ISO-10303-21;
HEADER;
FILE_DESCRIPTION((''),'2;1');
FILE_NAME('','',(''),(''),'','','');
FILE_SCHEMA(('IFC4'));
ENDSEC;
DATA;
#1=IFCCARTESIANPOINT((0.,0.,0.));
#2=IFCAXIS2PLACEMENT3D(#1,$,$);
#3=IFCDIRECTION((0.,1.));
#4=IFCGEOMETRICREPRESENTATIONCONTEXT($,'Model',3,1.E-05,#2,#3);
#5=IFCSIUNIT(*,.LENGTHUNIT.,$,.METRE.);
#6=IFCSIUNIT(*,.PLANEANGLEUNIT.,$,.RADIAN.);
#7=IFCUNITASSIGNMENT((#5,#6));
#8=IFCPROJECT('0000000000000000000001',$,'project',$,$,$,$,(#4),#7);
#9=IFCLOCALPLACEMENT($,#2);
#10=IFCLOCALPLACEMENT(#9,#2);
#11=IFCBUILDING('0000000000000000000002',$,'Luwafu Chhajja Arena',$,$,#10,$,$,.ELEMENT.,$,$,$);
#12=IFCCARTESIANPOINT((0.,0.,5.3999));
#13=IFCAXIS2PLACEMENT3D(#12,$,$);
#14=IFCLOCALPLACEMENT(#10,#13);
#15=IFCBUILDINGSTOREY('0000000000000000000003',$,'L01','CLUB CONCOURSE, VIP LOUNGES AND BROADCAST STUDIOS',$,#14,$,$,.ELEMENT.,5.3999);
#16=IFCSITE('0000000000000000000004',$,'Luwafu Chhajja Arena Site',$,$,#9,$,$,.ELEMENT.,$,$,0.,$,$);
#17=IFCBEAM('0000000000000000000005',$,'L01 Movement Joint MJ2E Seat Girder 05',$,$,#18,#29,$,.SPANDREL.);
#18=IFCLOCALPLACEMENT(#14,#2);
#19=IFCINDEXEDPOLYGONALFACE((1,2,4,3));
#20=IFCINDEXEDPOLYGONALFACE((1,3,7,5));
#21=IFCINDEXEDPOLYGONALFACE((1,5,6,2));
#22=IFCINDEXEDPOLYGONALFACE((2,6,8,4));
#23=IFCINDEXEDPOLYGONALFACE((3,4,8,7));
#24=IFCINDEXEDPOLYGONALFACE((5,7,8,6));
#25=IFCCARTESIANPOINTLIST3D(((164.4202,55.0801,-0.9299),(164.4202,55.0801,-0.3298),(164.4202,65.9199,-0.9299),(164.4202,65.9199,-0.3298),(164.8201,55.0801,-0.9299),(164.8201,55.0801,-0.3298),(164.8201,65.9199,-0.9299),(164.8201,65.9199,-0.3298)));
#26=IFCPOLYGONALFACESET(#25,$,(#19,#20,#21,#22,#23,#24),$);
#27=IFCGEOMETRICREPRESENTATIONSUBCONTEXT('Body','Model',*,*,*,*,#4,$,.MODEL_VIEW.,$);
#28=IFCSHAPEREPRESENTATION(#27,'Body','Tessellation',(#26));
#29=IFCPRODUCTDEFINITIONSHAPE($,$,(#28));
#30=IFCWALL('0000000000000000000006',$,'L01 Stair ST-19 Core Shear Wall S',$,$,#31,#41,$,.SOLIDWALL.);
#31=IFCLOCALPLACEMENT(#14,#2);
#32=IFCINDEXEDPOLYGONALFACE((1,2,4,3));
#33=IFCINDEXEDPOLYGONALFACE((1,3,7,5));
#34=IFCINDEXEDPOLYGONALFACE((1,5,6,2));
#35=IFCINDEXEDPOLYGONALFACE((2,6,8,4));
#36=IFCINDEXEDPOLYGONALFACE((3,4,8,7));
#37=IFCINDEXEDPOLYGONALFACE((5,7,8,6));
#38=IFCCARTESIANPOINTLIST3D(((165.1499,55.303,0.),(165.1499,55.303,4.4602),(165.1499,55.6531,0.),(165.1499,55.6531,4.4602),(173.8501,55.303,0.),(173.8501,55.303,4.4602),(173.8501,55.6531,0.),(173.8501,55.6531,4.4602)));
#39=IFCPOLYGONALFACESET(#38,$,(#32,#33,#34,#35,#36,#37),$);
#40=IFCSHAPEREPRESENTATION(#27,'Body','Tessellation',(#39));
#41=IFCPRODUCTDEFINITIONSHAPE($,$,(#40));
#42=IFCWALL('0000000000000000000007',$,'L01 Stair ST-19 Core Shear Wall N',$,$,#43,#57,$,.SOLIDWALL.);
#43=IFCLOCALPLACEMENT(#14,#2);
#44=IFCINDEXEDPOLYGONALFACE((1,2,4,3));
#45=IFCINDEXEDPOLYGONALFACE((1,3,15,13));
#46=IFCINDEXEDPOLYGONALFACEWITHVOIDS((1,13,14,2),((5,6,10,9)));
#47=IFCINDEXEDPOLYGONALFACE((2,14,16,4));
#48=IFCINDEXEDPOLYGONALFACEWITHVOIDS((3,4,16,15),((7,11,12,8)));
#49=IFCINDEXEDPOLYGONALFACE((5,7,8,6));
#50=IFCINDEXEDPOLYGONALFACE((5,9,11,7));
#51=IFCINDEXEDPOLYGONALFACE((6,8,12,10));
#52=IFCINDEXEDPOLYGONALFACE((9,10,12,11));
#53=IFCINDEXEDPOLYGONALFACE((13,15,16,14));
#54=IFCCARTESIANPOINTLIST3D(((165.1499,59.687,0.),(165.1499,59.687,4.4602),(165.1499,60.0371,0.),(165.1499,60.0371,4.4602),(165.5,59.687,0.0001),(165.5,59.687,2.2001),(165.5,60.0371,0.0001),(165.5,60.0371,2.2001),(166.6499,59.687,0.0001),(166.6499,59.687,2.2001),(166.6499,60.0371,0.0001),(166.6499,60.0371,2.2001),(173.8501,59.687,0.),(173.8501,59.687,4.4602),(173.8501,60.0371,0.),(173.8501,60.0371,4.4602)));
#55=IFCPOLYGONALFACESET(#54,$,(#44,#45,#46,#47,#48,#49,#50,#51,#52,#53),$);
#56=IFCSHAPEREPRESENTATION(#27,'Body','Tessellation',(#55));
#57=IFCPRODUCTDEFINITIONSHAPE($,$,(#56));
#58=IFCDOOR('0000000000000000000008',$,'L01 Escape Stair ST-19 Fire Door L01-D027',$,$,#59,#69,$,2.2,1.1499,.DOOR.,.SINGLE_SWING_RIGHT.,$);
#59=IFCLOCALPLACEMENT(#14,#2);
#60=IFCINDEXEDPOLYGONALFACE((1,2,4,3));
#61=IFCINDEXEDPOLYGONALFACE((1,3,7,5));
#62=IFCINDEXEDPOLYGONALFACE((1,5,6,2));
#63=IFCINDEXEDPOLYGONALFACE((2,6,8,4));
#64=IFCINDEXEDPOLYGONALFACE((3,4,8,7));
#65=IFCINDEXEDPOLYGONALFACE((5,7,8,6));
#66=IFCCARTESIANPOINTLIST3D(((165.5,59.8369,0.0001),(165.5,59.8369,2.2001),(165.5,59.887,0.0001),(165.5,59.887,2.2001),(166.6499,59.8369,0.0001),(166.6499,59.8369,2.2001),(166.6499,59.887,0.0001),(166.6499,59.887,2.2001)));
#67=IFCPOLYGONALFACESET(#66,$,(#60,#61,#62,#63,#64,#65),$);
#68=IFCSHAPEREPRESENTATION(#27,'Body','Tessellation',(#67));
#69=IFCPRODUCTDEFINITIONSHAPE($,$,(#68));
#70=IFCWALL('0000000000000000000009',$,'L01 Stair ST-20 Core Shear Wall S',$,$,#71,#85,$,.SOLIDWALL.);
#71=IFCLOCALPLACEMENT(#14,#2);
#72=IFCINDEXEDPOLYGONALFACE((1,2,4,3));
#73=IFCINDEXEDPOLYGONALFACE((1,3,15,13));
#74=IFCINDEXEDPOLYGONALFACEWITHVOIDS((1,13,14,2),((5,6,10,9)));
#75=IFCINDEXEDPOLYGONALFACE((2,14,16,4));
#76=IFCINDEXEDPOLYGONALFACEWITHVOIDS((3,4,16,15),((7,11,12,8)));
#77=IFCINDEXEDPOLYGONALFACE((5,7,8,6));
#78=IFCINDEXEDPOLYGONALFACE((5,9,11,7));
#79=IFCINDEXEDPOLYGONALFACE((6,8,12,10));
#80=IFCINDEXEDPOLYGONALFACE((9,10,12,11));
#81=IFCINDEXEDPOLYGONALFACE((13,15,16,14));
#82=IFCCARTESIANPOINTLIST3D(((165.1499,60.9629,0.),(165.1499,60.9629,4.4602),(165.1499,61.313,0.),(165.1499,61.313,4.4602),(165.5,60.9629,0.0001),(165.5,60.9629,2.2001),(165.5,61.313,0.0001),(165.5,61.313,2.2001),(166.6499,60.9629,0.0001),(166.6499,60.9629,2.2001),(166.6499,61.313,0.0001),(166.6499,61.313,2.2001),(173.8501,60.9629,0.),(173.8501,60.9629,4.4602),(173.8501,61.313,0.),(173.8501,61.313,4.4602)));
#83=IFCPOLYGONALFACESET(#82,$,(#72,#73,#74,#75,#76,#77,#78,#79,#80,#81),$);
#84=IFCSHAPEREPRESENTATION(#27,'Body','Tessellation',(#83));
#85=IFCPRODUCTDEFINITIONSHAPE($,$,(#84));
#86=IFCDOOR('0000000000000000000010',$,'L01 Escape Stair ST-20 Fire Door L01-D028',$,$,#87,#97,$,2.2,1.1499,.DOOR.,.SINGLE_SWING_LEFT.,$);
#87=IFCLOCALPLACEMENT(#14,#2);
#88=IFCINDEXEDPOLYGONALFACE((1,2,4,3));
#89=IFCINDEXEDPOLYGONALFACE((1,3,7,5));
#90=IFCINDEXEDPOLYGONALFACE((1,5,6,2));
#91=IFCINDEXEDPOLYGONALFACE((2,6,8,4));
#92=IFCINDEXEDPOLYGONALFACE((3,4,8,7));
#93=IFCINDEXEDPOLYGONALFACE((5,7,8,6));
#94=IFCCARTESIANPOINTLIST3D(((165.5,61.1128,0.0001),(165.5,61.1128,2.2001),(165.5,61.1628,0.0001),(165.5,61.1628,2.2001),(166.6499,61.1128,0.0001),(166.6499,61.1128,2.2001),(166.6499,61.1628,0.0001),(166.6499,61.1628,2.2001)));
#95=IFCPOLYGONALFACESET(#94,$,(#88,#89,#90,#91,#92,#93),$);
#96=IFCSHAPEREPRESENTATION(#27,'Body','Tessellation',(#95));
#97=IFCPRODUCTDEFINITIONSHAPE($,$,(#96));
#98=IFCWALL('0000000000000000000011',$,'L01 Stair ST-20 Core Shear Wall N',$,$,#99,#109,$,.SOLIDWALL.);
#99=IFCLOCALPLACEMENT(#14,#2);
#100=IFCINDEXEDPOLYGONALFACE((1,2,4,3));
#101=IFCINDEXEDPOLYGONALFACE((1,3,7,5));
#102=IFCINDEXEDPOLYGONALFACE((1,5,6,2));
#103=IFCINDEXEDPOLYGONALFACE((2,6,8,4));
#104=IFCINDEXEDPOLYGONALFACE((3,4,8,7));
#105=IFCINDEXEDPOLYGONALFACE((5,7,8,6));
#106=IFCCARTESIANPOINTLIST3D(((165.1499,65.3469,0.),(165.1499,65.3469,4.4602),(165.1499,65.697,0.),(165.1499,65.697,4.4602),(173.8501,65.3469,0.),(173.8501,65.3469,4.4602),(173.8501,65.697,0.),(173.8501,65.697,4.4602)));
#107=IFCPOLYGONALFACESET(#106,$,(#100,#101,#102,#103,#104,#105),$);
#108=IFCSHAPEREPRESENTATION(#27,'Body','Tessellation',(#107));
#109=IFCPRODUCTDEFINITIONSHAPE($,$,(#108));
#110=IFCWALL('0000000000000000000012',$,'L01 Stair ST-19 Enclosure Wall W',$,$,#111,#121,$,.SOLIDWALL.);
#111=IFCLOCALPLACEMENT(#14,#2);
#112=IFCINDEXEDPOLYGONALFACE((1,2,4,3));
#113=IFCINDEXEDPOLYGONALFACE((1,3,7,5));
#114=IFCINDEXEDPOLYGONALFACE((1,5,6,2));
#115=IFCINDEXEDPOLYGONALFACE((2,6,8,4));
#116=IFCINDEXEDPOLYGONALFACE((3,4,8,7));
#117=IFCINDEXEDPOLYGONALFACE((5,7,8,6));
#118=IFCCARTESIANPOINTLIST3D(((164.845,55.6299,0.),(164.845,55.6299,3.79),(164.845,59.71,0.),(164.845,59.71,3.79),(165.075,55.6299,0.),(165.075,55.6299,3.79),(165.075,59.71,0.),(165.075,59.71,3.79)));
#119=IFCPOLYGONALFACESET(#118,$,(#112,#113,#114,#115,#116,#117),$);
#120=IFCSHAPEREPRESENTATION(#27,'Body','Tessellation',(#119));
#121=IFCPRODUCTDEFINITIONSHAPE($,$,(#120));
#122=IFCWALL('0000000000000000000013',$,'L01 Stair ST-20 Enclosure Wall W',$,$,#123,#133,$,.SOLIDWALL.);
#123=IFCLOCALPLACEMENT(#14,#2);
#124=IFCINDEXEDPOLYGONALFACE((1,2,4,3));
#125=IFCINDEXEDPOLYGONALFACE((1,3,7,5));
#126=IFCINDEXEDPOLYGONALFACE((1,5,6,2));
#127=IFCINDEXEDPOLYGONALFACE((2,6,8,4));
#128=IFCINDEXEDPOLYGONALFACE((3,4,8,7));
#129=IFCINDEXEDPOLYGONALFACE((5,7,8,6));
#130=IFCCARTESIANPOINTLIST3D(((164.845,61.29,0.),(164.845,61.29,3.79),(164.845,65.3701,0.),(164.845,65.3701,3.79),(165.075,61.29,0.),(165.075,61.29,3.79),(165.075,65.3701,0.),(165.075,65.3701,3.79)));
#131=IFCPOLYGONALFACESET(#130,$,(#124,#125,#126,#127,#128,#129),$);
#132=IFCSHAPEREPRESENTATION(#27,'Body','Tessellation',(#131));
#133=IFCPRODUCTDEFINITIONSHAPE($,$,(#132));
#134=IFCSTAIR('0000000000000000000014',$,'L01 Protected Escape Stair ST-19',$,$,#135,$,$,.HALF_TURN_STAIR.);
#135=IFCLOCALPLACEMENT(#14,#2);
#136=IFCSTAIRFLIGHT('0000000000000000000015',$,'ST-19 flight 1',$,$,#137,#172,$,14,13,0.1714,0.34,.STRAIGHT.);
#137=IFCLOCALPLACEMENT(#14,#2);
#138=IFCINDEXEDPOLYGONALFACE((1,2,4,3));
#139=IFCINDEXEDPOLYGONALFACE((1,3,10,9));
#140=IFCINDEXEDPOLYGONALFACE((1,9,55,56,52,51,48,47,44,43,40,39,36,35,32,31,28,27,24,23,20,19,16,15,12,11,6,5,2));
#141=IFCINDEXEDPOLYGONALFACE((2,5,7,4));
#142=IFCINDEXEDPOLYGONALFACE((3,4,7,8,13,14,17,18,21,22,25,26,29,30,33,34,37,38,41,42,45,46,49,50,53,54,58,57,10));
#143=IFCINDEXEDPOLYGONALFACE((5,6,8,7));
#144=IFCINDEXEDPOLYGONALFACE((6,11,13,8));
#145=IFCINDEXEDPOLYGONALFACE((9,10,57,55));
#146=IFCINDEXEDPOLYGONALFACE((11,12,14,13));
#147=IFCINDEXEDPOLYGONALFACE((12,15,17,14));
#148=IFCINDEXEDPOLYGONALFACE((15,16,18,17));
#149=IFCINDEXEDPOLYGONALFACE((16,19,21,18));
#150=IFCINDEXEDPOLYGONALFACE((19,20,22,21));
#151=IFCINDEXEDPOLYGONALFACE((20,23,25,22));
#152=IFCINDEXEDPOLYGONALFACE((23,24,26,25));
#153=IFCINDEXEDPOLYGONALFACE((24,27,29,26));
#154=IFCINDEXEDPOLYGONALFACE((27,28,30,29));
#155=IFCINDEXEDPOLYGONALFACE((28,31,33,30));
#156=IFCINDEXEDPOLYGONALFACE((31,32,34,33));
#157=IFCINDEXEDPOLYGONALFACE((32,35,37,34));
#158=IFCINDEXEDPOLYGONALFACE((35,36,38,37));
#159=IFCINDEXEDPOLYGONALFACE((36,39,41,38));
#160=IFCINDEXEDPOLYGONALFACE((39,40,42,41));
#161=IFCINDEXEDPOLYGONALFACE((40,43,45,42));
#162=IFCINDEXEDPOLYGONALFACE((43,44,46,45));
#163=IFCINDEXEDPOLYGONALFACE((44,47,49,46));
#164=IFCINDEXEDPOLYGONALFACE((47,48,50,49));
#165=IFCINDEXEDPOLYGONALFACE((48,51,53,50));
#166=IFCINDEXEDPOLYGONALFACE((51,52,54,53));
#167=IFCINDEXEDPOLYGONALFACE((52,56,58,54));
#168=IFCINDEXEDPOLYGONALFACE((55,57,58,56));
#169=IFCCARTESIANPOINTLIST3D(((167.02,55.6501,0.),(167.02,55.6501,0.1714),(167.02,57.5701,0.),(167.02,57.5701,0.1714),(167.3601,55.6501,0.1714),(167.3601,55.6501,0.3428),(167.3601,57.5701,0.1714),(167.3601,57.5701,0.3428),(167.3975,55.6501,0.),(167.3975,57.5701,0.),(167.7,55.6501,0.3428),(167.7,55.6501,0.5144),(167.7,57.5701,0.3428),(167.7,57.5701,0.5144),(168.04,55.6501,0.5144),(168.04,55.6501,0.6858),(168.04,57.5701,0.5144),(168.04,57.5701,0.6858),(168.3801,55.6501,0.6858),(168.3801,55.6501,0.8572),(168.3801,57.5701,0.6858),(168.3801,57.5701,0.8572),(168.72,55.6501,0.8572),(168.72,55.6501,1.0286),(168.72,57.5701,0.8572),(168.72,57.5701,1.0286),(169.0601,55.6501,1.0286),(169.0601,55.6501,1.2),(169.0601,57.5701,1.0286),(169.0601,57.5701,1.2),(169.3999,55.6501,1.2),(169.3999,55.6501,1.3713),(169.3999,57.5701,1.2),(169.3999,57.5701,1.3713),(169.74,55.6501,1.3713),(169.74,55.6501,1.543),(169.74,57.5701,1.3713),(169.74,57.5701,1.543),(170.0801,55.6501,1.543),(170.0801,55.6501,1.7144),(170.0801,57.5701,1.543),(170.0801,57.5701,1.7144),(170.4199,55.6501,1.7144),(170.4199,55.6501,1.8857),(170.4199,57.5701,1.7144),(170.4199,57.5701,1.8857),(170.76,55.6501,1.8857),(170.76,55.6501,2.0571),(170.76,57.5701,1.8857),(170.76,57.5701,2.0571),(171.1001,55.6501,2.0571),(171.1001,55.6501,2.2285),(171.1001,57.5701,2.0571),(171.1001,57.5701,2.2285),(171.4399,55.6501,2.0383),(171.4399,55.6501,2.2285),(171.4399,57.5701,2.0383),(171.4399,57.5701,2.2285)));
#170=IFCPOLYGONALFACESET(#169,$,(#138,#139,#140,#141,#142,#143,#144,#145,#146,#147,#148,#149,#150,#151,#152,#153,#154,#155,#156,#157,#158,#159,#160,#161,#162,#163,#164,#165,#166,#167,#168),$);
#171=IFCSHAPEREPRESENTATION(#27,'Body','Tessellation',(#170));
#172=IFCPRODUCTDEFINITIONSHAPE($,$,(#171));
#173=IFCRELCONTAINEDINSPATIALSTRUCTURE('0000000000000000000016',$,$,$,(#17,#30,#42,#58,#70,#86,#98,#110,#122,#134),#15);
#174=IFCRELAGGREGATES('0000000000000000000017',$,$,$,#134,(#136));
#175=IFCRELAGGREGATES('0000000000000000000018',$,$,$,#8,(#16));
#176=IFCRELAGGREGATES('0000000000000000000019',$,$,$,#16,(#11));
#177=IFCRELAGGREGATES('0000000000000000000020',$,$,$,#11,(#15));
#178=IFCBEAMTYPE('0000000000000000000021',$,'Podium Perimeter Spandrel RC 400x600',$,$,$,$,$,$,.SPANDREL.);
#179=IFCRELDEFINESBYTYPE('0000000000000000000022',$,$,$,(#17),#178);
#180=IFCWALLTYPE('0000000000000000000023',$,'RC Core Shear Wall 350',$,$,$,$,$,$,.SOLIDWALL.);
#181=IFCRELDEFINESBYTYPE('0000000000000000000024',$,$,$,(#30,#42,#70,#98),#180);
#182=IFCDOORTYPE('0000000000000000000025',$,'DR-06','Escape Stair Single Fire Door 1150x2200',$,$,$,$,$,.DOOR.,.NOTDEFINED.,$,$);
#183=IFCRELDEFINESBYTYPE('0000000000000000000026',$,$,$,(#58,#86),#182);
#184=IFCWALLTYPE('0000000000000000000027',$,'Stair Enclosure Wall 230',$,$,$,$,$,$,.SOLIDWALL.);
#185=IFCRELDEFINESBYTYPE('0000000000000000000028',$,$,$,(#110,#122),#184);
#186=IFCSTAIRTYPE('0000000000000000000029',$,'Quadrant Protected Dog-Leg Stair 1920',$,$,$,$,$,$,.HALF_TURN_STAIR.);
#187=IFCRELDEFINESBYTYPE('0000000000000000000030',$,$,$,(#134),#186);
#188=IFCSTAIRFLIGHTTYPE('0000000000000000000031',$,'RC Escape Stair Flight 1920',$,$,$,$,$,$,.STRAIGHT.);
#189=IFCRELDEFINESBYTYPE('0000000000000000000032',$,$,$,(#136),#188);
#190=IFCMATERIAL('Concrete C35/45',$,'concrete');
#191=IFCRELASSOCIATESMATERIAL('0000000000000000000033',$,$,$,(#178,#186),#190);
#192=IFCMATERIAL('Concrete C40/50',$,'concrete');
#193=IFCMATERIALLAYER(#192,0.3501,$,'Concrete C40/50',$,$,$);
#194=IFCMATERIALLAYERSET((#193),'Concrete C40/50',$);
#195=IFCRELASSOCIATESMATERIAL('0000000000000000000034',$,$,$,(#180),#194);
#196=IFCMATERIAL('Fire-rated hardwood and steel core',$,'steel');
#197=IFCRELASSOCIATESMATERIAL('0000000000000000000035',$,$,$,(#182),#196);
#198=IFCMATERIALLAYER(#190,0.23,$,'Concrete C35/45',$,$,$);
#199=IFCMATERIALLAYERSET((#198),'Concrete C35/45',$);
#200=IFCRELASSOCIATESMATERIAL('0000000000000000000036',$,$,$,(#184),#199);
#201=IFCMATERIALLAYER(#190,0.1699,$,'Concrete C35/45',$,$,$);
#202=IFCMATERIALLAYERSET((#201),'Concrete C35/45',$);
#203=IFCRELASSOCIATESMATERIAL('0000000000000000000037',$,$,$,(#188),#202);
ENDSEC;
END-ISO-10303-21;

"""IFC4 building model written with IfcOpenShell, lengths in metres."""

from ifc_helpers import new_model, si_unit, direction, frame, frame_2d, origin, origin_2d, place, context, subcontext, project, spatial, polyline, rectangle, outline, extrude, material, layer, layer_set, material_profile, profile_set, type_object, element, fill, aggregate, save


model = new_model("IFC4")

# Units and contexts
model_context = context("Model", 3, precision=1e-05, world=origin(), true_north=direction((0.0, 1.0)))
body_context = subcontext(model_context, "Body", "Model", "MODEL_VIEW")
ifc_project = project(units=[si_unit("LENGTHUNIT", "METRE"), si_unit("PLANEANGLEUNIT", "RADIAN")], contexts=[model_context])

# Site, building, storey
site_placement = place(None, origin())
site = spatial("IfcSite", under=ifc_project, at=site_placement, Name="Luwafu Chhajja Arena Site", CompositionType="ELEMENT", RefElevation=0.0)
building_placement = place(site_placement, origin())
building = spatial("IfcBuilding", under=site, at=building_placement, Name="Luwafu Chhajja Arena", CompositionType="ELEMENT")
storey_placement = place(building_placement, frame((0.0, 0.0, 5.3999)))
storey = spatial("IfcBuildingStorey", under=building, at=storey_placement, Name="L01", Description="CLUB CONCOURSE, VIP LOUNGES AND BROADCAST STUDIOS", CompositionType="ELEMENT", Elevation=5.3999)

# Beam
ifc_material_1 = material(Name="Concrete C35/45", Category="concrete")
ifc_material_profile = material_profile(ifc_material_1, rectangle(XDim=0.3999, YDim=0.6001, at=origin_2d()), Name="RC 400x600")
ifc_profile_set = profile_set([ifc_material_profile], Name="Concrete C35/45")
beam_type = type_object("IfcBeamType", Name="Podium Perimeter Spandrel RC 400x600", PredefinedType="SPANDREL", material=ifc_profile_set)
beam_placement = place(storey_placement, frame((164.6201, 55.0801, -0.6299), z_axis=(0.0, 1.0, 0.0), x_axis=(-1.0, 0.0, 0.0)))
element("IfcBeam", 1, at=beam_placement, inside=storey, type_object=beam_type, Name="L01 Movement Joint MJ2E Seat Girder 05", PredefinedType="SPANDREL", context=body_context, shape_type="SweptSolid", body=[
    extrude(rectangle(XDim=0.3999, YDim=0.6001, at=origin_2d()), origin(), (0.0, 0.0, 1.0), 10.8398),
])

# Wall
ifc_material_2 = material(Name="Concrete C40/50", Category="concrete")
ifc_layer_1 = layer(ifc_material_2, 0.3501, Name="Concrete C40/50")
ifc_layer_set_1 = layer_set([ifc_layer_1], Name="Concrete C40/50")
wall_type_1 = type_object("IfcWallType", Name="RC Core Shear Wall 350", PredefinedType="SOLIDWALL", material=ifc_layer_set_1)
wall_1_placement = place(storey_placement, frame((165.1499, 55.478, 0.0), z_axis=(0.0, 0.0, 1.0), x_axis=(1.0, 0.0, 0.0)))
element("IfcWall", 2, at=wall_1_placement, inside=storey, type_object=wall_type_1, Name="L01 Stair ST-19 Core Shear Wall S", PredefinedType="SOLIDWALL", context=body_context, shape_type="SweptSolid", body=[
    extrude(rectangle(XDim=8.7002, YDim=0.3501, at=frame_2d((4.3501, 0.0))), origin(), (0.0, 0.0, 1.0), 4.4602),
])

# Walls, openings, doors
wall_2_placement = place(storey_placement, frame((165.1499, 59.8621, 0.0), z_axis=(0.0, 0.0, 1.0), x_axis=(1.0, 0.0, 0.0)))
wall_2 = element("IfcWall", 3, at=wall_2_placement, inside=storey, type_object=wall_type_1, Name="L01 Stair ST-19 Core Shear Wall N", PredefinedType="SOLIDWALL", context=body_context, shape_type="SweptSolid", body=[
    extrude(rectangle(XDim=8.7002, YDim=0.3501, at=frame_2d((4.3501, 0.0))), origin(), (0.0, 0.0, 1.0), 4.4602),
])
opening_1_placement = place(wall_2_placement, frame((0.3501, 0.0, 0.0)))
opening_1 = element("IfcOpeningElement", 4, at=opening_1_placement, cuts=wall_2, PredefinedType="OPENING", context=body_context, shape_type="SweptSolid", body=[
    extrude(rectangle(XDim=1.1499, YDim=2.2, at=frame_2d((0.575, 1.1001))), frame((0.0, 0.1851, 0.0), z_axis=(0.0, -1.0, 0.0), x_axis=(1.0, 0.0, 0.0)), (0.0, 0.0, 1.0), 0.3701),
])
ifc_material_3 = material(Name="Fire-rated hardwood and steel core", Category="steel")
door_type = type_object("IfcDoorType", Name="DR-06", Description="Escape Stair Single Fire Door 1150x2200", OperationType="NOTDEFINED", PredefinedType="DOOR", material=ifc_material_3)
door_1_placement = place(opening_1_placement, origin())
door_1 = element("IfcDoor", 5, at=door_1_placement, inside=storey, type_object=door_type, Name="L01 Escape Stair ST-19 Fire Door L01-D027", OperationType="SINGLE_SWING_RIGHT", OverallHeight=2.2, OverallWidth=1.1499, PredefinedType="DOOR", context=body_context, shape_type="SweptSolid", body=[
    extrude(rectangle(XDim=1.1499, YDim=2.2, at=frame_2d((0.575, 1.1001))), frame((0.0, 0.0249, 0.0), z_axis=(0.0, -1.0, 0.0), x_axis=(1.0, 0.0, 0.0)), (0.0, 0.0, 1.0), 0.05),
])
fill(opening_1, door_1)
wall_3_placement = place(storey_placement, frame((165.1499, 61.1379, 0.0), z_axis=(0.0, 0.0, 1.0), x_axis=(1.0, 0.0, 0.0)))
wall_3 = element("IfcWall", 6, at=wall_3_placement, inside=storey, type_object=wall_type_1, Name="L01 Stair ST-20 Core Shear Wall S", PredefinedType="SOLIDWALL", context=body_context, shape_type="SweptSolid", body=[
    extrude(rectangle(XDim=8.7002, YDim=0.3501, at=frame_2d((4.3501, 0.0))), origin(), (0.0, 0.0, 1.0), 4.4602),
])
opening_2_placement = place(wall_3_placement, frame((0.3501, 0.0, 0.0)))
opening_2 = element("IfcOpeningElement", 7, at=opening_2_placement, cuts=wall_3, PredefinedType="OPENING", context=body_context, shape_type="SweptSolid", body=[
    extrude(rectangle(XDim=1.1499, YDim=2.2, at=frame_2d((0.575, 1.1001))), frame((0.0, 0.1851, 0.0), z_axis=(0.0, -1.0, 0.0), x_axis=(1.0, 0.0, 0.0)), (0.0, 0.0, 1.0), 0.3701),
])
door_2_placement = place(opening_2_placement, origin())
door_2 = element("IfcDoor", 8, at=door_2_placement, inside=storey, type_object=door_type, Name="L01 Escape Stair ST-20 Fire Door L01-D028", OperationType="SINGLE_SWING_LEFT", OverallHeight=2.2, OverallWidth=1.1499, PredefinedType="DOOR", context=body_context, shape_type="SweptSolid", body=[
    extrude(rectangle(XDim=1.1499, YDim=2.2, at=frame_2d((0.575, 1.1001))), frame((0.0, 0.0249, 0.0), z_axis=(0.0, -1.0, 0.0), x_axis=(1.0, 0.0, 0.0)), (0.0, 0.0, 1.0), 0.05),
])
fill(opening_2, door_2)

# Walls
wall_4_placement = place(storey_placement, frame((165.1499, 65.522, 0.0), z_axis=(0.0, 0.0, 1.0), x_axis=(1.0, 0.0, 0.0)))
element("IfcWall", 9, at=wall_4_placement, inside=storey, type_object=wall_type_1, Name="L01 Stair ST-20 Core Shear Wall N", PredefinedType="SOLIDWALL", context=body_context, shape_type="SweptSolid", body=[
    extrude(rectangle(XDim=8.7002, YDim=0.3501, at=frame_2d((4.3501, 0.0))), origin(), (0.0, 0.0, 1.0), 4.4602),
])
ifc_layer_2 = layer(ifc_material_1, 0.23, Name="Concrete C35/45")
ifc_layer_set_2 = layer_set([ifc_layer_2], Name="Concrete C35/45")
wall_type_2 = type_object("IfcWallType", Name="Stair Enclosure Wall 230", PredefinedType="SOLIDWALL", material=ifc_layer_set_2)
for number, where, z_axis, x_axis, name in (
    (10, (164.96, 55.6299, 0.0), (0.0, 0.0, 1.0), (0.0, 1.0, 0.0), "L01 Stair ST-19 Enclosure Wall W"),
    (11, (164.96, 61.29, 0.0), (0.0, 0.0, 1.0), (0.0, 1.0, 0.0), "L01 Stair ST-20 Enclosure Wall W"),
):
    element("IfcWall", number, at=place(storey_placement, frame(where, z_axis=z_axis, x_axis=x_axis)), inside=storey, type_object=wall_type_2, Name=name, PredefinedType="SOLIDWALL", context=body_context, shape_type="SweptSolid", body=[
        extrude(rectangle(XDim=4.0801, YDim=0.23, at=frame_2d((2.04, 0.0))), origin(), (0.0, 0.0, 1.0), 3.79),
    ])

# Stair, stair flight
stair_type = type_object("IfcStairType", Name="Quadrant Protected Dog-Leg Stair 1920", PredefinedType="HALF_TURN_STAIR", material=ifc_material_1)
stair_1_placement = place(storey_placement, origin())
stair_1 = element("IfcStair", 12, at=stair_1_placement, inside=storey, type_object=stair_type, Name="L01 Protected Escape Stair ST-19", PredefinedType="HALF_TURN_STAIR")
ifc_layer_3 = layer(ifc_material_1, 0.1699, Name="Concrete C35/45")
ifc_layer_set_3 = layer_set([ifc_layer_3], Name="Concrete C35/45")
stair_flight_type = type_object("IfcStairFlightType", Name="RC Escape Stair Flight 1920", PredefinedType="STRAIGHT", material=ifc_layer_set_3)
stair_flight_1_placement = place(storey_placement, frame((167.02, 56.6101, 0.0), z_axis=(0.0, 0.0, 1.0), x_axis=(1.0, 0.0, 0.0)))
stair_flight_1 = element("IfcStairFlight", 13, at=stair_flight_1_placement, type_object=stair_flight_type, Name="ST-19 flight 1", NumberOfRisers=14, NumberOfTreads=13, PredefinedType="STRAIGHT", RiserHeight=0.1714, TreadLength=0.34, context=body_context, shape_type="SweptSolid", body=[
    extrude(outline(polyline([(0.0, 0.0), (0.0, 0.1714), (0.3401, 0.1714), (0.3401, 0.3428), (0.6799, 0.3428), (0.6799, 0.5144), (1.02, 0.5144), (1.02, 0.6858), (1.3601, 0.6858), (1.3601, 0.8572), (1.7, 0.8572), (1.7, 1.0286), (2.04, 1.0286), (2.04, 1.2), (2.3799, 1.2), (2.3799, 1.3713), (2.72, 1.3713), (2.72, 1.543), (3.0601, 1.543), (3.0601, 1.7144), (3.3999, 1.7144), (3.3999, 1.8857), (3.74, 1.8857), (3.74, 2.0571), (4.0801, 2.0571), (4.0801, 2.2285), (4.4199, 2.2285), (4.4199, 2.3999), (4.4199, 2.0383), (0.3774, 0.0), (0.0, 0.0)])), frame((0.0, 0.96, 0.0), z_axis=(0.0, -1.0, 0.0), x_axis=(1.0, 0.0, 0.0)), (0.0, 0.0, 1.0), 1.9199),
])
aggregate(stair_1, [stair_flight_1])

save(model, "model.ifc")
